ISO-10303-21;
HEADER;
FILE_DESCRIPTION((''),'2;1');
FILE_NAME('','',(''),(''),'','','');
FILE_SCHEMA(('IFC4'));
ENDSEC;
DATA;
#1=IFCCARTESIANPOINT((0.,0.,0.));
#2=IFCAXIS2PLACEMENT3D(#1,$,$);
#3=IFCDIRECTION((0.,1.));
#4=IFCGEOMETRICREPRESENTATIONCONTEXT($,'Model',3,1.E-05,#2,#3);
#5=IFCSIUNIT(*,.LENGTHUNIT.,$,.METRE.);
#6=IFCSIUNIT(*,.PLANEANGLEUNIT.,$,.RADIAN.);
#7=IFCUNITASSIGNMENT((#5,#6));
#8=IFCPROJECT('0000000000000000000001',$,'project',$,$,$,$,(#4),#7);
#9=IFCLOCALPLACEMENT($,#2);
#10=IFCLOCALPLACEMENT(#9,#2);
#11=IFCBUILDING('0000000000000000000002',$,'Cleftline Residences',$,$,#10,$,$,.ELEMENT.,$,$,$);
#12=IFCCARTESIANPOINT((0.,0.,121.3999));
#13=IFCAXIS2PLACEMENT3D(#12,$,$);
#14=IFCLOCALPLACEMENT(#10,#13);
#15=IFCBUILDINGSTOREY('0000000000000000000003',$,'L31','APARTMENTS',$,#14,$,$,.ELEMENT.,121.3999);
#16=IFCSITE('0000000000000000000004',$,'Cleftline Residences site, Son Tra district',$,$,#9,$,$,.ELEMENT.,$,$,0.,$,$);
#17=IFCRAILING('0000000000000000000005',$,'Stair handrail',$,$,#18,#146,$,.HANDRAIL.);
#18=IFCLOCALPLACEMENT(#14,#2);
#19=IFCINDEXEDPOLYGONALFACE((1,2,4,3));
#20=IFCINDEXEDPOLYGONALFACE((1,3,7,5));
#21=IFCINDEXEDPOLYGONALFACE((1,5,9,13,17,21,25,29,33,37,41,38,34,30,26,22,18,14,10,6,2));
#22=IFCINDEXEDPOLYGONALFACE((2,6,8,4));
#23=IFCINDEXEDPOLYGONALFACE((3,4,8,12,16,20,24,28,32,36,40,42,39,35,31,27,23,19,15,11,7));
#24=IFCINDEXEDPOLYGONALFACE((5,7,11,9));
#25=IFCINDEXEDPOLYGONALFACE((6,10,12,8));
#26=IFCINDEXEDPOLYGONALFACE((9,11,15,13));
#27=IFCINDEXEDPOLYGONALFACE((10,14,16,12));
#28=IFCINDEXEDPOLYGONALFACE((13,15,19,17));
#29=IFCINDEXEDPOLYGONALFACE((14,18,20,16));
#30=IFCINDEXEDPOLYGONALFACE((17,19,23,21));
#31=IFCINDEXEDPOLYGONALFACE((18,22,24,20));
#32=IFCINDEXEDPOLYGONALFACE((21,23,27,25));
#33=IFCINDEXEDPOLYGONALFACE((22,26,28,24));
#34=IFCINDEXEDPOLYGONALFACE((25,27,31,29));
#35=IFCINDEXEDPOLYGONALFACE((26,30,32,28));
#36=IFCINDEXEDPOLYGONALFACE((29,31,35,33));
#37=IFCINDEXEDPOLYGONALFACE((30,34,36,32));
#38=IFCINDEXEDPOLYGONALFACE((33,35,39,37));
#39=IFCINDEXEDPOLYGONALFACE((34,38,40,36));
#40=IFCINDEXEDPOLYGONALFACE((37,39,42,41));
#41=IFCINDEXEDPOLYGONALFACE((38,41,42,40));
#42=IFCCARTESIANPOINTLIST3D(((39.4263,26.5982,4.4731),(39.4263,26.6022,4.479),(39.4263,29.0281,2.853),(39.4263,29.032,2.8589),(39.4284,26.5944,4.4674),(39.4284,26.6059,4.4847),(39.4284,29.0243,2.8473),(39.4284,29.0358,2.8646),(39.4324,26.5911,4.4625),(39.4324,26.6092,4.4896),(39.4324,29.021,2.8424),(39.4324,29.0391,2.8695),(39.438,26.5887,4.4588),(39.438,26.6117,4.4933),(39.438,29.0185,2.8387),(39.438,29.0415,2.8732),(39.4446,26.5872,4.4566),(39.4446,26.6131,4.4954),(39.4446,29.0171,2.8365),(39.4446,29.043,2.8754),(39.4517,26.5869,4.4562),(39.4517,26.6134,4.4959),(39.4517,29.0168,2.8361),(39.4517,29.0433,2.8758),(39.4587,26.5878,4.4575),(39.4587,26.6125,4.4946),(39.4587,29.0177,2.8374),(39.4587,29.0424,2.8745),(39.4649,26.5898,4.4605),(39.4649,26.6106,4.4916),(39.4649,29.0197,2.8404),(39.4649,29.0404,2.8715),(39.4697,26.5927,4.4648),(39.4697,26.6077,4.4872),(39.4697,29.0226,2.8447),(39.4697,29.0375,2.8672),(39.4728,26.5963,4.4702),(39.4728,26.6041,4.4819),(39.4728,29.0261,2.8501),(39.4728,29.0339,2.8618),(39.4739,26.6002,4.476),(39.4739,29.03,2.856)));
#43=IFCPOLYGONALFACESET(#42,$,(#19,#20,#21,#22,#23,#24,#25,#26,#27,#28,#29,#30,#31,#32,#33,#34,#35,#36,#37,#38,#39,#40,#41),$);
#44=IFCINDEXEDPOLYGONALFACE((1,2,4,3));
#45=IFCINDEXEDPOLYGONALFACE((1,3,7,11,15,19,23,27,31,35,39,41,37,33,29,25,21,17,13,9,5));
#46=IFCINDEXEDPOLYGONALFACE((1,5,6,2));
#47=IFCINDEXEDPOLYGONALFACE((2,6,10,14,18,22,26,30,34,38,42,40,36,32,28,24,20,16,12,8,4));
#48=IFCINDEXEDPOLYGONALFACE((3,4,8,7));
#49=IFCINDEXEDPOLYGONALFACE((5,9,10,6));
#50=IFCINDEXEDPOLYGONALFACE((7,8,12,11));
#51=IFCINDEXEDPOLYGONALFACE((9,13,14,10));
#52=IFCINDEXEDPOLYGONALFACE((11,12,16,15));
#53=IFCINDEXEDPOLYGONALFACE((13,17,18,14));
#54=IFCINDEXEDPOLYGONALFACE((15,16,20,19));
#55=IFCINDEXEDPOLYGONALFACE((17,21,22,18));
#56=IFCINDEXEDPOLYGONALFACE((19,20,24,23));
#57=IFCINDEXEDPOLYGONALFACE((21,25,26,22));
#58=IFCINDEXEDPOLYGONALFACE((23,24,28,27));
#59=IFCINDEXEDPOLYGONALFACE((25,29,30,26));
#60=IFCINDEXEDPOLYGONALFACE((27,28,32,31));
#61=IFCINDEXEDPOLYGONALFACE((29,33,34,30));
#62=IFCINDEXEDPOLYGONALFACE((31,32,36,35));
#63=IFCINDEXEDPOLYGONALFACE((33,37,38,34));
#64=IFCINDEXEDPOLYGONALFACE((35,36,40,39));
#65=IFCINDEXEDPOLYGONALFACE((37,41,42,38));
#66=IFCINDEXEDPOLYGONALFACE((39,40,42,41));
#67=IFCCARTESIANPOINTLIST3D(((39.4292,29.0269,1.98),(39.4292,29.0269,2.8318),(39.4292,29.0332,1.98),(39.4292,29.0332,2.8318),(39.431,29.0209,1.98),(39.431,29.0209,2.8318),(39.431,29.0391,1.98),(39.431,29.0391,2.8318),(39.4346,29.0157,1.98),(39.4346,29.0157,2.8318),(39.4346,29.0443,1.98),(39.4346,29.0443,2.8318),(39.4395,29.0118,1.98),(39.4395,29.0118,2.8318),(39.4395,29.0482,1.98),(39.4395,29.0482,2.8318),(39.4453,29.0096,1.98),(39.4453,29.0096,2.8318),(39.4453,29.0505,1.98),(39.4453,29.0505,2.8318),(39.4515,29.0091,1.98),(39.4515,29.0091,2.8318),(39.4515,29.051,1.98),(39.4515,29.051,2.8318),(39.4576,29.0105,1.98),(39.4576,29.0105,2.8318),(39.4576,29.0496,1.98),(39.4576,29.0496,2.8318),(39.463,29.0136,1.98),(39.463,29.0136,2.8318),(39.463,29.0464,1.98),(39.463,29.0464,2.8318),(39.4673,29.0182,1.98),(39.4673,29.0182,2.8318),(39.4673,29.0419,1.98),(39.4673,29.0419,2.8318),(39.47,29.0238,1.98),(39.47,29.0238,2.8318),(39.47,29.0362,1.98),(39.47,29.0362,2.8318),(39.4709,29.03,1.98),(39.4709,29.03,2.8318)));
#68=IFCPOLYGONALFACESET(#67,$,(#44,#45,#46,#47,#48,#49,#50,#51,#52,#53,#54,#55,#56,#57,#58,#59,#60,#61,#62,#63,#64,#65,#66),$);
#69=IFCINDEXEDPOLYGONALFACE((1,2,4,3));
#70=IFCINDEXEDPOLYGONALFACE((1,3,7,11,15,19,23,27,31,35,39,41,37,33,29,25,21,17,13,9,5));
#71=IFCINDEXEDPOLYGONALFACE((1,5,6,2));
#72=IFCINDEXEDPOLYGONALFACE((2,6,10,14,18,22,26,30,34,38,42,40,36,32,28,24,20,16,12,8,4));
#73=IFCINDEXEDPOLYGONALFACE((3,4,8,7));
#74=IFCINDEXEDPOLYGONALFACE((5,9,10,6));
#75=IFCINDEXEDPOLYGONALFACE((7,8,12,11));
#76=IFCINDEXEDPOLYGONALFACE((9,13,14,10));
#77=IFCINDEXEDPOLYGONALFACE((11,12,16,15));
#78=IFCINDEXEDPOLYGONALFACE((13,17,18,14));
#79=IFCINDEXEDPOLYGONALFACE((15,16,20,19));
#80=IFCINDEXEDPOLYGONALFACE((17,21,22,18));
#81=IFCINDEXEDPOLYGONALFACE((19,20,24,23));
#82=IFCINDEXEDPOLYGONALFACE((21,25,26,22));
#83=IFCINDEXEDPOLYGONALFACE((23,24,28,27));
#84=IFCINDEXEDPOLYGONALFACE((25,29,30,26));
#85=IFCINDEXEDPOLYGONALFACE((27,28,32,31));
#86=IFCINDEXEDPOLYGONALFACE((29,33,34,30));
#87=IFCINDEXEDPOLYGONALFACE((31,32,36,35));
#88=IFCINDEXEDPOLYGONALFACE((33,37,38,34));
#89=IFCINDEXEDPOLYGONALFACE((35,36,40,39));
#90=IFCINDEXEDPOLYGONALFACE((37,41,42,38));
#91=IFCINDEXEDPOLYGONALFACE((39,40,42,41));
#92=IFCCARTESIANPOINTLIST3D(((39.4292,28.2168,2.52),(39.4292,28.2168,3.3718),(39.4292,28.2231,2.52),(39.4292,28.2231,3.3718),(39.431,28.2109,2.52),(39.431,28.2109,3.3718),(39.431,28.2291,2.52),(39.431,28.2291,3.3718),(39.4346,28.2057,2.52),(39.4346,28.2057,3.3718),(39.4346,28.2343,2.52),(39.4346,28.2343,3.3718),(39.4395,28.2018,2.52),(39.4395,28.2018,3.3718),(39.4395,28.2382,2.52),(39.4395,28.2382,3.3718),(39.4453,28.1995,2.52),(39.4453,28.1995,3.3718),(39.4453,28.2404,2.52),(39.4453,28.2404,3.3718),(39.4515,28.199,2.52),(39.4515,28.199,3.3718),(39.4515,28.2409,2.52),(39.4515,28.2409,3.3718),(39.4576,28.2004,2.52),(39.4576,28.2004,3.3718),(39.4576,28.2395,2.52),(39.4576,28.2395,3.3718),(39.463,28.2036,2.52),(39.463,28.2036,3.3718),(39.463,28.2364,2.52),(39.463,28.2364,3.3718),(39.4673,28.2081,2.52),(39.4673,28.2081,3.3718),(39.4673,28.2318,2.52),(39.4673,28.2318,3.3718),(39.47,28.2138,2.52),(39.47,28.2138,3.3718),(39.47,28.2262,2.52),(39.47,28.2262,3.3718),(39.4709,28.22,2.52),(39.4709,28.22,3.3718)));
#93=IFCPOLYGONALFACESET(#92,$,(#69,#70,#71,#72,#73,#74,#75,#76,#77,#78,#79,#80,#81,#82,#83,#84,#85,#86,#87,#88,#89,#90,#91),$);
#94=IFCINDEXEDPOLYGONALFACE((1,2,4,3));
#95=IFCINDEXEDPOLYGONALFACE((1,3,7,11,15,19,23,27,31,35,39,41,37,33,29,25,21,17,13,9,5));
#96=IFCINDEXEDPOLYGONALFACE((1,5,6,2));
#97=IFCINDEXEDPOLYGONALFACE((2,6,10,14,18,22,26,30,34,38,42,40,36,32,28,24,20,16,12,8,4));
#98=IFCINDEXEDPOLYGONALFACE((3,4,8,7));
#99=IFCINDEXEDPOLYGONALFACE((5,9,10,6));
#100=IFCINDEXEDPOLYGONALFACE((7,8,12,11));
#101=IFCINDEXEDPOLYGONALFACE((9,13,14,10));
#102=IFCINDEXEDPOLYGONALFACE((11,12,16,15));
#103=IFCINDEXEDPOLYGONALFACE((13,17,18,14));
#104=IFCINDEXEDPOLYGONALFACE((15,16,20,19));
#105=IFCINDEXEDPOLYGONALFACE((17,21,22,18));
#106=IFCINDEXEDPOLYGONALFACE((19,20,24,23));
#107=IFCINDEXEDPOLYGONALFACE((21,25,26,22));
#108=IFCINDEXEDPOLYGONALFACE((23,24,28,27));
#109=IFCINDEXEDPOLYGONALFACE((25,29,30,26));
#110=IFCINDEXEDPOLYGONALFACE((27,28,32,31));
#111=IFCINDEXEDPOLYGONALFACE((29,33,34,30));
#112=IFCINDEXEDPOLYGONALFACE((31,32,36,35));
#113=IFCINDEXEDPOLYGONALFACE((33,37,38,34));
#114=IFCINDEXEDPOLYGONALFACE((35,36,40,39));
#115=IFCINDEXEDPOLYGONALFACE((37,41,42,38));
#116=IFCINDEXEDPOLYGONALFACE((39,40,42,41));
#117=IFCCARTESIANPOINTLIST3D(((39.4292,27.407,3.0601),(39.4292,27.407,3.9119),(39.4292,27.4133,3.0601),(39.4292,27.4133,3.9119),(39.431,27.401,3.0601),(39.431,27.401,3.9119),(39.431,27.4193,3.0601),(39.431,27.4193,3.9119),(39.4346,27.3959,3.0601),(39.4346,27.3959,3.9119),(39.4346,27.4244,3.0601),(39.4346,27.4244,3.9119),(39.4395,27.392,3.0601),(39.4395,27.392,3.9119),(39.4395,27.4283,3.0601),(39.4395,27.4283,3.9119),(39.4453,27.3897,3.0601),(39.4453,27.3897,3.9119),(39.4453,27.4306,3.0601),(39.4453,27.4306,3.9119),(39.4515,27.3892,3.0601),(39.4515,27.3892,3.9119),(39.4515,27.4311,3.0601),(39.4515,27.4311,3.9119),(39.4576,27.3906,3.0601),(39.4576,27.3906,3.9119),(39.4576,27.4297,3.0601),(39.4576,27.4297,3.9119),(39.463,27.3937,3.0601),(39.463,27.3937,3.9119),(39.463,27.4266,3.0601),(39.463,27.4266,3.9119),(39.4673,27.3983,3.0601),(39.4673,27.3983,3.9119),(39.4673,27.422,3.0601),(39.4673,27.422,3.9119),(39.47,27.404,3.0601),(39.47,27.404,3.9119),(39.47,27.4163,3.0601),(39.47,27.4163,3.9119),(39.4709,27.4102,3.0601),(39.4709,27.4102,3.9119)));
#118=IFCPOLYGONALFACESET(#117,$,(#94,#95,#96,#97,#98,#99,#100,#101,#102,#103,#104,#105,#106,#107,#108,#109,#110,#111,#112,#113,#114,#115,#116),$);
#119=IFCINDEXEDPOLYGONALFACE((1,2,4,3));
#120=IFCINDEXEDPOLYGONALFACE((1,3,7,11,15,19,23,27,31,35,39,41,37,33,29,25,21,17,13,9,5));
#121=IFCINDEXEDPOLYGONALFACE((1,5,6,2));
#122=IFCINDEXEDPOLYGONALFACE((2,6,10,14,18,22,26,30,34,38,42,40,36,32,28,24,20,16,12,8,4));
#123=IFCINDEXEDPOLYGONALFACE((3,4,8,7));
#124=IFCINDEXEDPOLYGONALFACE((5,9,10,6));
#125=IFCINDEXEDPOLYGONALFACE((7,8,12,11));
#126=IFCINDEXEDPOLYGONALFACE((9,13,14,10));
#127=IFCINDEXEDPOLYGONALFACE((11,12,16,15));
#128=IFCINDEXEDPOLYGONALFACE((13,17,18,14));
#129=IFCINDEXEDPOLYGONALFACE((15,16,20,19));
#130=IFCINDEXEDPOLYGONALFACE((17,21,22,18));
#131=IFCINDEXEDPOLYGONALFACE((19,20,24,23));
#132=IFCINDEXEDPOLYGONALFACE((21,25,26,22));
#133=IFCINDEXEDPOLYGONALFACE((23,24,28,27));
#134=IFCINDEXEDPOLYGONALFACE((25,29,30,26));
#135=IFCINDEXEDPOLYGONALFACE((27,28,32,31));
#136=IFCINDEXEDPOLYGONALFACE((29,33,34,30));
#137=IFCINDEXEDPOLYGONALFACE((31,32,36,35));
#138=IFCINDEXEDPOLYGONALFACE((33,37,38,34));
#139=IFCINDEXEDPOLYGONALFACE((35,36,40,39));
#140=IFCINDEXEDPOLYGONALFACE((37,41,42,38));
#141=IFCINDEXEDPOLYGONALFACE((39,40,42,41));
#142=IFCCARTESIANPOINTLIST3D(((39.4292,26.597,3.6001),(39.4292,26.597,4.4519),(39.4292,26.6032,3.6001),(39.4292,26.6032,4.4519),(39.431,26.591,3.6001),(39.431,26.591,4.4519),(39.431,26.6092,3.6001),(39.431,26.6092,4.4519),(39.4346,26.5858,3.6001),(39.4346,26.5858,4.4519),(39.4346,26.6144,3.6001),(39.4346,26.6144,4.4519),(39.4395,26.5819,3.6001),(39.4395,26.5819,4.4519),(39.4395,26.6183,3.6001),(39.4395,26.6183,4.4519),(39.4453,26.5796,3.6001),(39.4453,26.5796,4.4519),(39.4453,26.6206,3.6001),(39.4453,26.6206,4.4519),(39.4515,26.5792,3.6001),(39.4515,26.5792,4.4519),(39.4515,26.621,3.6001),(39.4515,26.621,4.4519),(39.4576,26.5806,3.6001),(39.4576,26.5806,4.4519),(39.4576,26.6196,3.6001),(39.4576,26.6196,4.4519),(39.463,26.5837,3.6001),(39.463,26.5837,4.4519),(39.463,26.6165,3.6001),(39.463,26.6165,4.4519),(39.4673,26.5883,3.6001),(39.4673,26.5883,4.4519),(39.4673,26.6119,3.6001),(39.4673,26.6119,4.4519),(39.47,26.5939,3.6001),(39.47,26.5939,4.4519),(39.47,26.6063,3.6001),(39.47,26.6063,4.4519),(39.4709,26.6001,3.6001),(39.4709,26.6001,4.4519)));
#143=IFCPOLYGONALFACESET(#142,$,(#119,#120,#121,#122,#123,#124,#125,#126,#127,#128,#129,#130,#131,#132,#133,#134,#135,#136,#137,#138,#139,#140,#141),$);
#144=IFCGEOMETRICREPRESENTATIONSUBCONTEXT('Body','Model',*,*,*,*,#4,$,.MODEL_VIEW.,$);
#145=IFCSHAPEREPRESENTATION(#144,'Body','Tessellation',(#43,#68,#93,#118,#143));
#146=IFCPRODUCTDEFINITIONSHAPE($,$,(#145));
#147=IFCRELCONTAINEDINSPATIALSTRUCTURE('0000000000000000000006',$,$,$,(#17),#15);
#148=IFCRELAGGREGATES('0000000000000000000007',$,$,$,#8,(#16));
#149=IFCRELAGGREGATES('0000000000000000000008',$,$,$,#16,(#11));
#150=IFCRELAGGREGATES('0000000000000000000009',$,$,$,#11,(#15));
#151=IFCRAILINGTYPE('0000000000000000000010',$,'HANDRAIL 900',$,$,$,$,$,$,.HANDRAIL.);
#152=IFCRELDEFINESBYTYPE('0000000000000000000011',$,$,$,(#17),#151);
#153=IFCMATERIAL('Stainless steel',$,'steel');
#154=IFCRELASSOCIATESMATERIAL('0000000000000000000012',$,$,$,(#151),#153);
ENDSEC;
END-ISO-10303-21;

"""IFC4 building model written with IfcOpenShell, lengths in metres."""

from ifc_helpers import new_model, si_unit, direction, frame, origin, origin_2d, place, context, subcontext, project, spatial, circle, extrude, material, type_object, element, save


model = new_model("IFC4")

# Units and contexts
model_context = context("Model", 3, precision=1e-05, world=origin(), true_north=direction((0.0, 1.0)))
body_context = subcontext(model_context, "Body", "Model", "MODEL_VIEW")
ifc_project = project(units=[si_unit("LENGTHUNIT", "METRE"), si_unit("PLANEANGLEUNIT", "RADIAN")], contexts=[model_context])

# Site, building, storey
site_placement = place(None, origin())
site = spatial("IfcSite", under=ifc_project, at=site_placement, Name="Cleftline Residences site, Son Tra district", CompositionType="ELEMENT", RefElevation=0.0)
building_placement = place(site_placement, origin())
building = spatial("IfcBuilding", under=site, at=building_placement, Name="Cleftline Residences", CompositionType="ELEMENT")
storey_placement = place(building_placement, frame((0.0, 0.0, 121.3999)))
storey = spatial("IfcBuildingStorey", under=building, at=storey_placement, Name="L31", Description="APARTMENTS", CompositionType="ELEMENT", Elevation=121.3999)

# Railing
ifc_material_1 = material(Name="Stainless steel", Category="steel")
railing_type = type_object("IfcRailingType", Name="HANDRAIL 900", PredefinedType="HANDRAIL", material=ifc_material_1)
railing_1_placement = place(storey_placement, frame((39.45, 29.03, 1.98)))
element("IfcRailing", 1, at=railing_1_placement, inside=storey, type_object=railing_type, Name="Stair handrail", PredefinedType="HANDRAIL", context=body_context, shape_type="SweptSolid", body=[
    extrude(circle(Radius=0.0239, at=origin_2d()), frame((0.0, 0.0, 0.876), z_axis=(0.0, -0.832025, 0.554739), x_axis=(1.0, 0.0, 0.0)), (0.0, 0.0, 1.0), 2.9204),
    extrude(circle(Radius=0.021, at=origin_2d()), origin(), (0.0, 0.0, 1.0), 0.8518),
    extrude(circle(Radius=0.021, at=origin_2d()), frame((0.0, -0.8101, 0.54)), (0.0, 0.0, 1.0), 0.8518),
    extrude(circle(Radius=0.021, at=origin_2d()), frame((0.0, -1.6199, 1.0801)), (0.0, 0.0, 1.0), 0.8518),
    extrude(circle(Radius=0.021, at=origin_2d()), frame((0.0, -2.4299, 1.6201)), (0.0, 0.0, 1.0), 0.8518),
])

save(model, "model.ifc")
